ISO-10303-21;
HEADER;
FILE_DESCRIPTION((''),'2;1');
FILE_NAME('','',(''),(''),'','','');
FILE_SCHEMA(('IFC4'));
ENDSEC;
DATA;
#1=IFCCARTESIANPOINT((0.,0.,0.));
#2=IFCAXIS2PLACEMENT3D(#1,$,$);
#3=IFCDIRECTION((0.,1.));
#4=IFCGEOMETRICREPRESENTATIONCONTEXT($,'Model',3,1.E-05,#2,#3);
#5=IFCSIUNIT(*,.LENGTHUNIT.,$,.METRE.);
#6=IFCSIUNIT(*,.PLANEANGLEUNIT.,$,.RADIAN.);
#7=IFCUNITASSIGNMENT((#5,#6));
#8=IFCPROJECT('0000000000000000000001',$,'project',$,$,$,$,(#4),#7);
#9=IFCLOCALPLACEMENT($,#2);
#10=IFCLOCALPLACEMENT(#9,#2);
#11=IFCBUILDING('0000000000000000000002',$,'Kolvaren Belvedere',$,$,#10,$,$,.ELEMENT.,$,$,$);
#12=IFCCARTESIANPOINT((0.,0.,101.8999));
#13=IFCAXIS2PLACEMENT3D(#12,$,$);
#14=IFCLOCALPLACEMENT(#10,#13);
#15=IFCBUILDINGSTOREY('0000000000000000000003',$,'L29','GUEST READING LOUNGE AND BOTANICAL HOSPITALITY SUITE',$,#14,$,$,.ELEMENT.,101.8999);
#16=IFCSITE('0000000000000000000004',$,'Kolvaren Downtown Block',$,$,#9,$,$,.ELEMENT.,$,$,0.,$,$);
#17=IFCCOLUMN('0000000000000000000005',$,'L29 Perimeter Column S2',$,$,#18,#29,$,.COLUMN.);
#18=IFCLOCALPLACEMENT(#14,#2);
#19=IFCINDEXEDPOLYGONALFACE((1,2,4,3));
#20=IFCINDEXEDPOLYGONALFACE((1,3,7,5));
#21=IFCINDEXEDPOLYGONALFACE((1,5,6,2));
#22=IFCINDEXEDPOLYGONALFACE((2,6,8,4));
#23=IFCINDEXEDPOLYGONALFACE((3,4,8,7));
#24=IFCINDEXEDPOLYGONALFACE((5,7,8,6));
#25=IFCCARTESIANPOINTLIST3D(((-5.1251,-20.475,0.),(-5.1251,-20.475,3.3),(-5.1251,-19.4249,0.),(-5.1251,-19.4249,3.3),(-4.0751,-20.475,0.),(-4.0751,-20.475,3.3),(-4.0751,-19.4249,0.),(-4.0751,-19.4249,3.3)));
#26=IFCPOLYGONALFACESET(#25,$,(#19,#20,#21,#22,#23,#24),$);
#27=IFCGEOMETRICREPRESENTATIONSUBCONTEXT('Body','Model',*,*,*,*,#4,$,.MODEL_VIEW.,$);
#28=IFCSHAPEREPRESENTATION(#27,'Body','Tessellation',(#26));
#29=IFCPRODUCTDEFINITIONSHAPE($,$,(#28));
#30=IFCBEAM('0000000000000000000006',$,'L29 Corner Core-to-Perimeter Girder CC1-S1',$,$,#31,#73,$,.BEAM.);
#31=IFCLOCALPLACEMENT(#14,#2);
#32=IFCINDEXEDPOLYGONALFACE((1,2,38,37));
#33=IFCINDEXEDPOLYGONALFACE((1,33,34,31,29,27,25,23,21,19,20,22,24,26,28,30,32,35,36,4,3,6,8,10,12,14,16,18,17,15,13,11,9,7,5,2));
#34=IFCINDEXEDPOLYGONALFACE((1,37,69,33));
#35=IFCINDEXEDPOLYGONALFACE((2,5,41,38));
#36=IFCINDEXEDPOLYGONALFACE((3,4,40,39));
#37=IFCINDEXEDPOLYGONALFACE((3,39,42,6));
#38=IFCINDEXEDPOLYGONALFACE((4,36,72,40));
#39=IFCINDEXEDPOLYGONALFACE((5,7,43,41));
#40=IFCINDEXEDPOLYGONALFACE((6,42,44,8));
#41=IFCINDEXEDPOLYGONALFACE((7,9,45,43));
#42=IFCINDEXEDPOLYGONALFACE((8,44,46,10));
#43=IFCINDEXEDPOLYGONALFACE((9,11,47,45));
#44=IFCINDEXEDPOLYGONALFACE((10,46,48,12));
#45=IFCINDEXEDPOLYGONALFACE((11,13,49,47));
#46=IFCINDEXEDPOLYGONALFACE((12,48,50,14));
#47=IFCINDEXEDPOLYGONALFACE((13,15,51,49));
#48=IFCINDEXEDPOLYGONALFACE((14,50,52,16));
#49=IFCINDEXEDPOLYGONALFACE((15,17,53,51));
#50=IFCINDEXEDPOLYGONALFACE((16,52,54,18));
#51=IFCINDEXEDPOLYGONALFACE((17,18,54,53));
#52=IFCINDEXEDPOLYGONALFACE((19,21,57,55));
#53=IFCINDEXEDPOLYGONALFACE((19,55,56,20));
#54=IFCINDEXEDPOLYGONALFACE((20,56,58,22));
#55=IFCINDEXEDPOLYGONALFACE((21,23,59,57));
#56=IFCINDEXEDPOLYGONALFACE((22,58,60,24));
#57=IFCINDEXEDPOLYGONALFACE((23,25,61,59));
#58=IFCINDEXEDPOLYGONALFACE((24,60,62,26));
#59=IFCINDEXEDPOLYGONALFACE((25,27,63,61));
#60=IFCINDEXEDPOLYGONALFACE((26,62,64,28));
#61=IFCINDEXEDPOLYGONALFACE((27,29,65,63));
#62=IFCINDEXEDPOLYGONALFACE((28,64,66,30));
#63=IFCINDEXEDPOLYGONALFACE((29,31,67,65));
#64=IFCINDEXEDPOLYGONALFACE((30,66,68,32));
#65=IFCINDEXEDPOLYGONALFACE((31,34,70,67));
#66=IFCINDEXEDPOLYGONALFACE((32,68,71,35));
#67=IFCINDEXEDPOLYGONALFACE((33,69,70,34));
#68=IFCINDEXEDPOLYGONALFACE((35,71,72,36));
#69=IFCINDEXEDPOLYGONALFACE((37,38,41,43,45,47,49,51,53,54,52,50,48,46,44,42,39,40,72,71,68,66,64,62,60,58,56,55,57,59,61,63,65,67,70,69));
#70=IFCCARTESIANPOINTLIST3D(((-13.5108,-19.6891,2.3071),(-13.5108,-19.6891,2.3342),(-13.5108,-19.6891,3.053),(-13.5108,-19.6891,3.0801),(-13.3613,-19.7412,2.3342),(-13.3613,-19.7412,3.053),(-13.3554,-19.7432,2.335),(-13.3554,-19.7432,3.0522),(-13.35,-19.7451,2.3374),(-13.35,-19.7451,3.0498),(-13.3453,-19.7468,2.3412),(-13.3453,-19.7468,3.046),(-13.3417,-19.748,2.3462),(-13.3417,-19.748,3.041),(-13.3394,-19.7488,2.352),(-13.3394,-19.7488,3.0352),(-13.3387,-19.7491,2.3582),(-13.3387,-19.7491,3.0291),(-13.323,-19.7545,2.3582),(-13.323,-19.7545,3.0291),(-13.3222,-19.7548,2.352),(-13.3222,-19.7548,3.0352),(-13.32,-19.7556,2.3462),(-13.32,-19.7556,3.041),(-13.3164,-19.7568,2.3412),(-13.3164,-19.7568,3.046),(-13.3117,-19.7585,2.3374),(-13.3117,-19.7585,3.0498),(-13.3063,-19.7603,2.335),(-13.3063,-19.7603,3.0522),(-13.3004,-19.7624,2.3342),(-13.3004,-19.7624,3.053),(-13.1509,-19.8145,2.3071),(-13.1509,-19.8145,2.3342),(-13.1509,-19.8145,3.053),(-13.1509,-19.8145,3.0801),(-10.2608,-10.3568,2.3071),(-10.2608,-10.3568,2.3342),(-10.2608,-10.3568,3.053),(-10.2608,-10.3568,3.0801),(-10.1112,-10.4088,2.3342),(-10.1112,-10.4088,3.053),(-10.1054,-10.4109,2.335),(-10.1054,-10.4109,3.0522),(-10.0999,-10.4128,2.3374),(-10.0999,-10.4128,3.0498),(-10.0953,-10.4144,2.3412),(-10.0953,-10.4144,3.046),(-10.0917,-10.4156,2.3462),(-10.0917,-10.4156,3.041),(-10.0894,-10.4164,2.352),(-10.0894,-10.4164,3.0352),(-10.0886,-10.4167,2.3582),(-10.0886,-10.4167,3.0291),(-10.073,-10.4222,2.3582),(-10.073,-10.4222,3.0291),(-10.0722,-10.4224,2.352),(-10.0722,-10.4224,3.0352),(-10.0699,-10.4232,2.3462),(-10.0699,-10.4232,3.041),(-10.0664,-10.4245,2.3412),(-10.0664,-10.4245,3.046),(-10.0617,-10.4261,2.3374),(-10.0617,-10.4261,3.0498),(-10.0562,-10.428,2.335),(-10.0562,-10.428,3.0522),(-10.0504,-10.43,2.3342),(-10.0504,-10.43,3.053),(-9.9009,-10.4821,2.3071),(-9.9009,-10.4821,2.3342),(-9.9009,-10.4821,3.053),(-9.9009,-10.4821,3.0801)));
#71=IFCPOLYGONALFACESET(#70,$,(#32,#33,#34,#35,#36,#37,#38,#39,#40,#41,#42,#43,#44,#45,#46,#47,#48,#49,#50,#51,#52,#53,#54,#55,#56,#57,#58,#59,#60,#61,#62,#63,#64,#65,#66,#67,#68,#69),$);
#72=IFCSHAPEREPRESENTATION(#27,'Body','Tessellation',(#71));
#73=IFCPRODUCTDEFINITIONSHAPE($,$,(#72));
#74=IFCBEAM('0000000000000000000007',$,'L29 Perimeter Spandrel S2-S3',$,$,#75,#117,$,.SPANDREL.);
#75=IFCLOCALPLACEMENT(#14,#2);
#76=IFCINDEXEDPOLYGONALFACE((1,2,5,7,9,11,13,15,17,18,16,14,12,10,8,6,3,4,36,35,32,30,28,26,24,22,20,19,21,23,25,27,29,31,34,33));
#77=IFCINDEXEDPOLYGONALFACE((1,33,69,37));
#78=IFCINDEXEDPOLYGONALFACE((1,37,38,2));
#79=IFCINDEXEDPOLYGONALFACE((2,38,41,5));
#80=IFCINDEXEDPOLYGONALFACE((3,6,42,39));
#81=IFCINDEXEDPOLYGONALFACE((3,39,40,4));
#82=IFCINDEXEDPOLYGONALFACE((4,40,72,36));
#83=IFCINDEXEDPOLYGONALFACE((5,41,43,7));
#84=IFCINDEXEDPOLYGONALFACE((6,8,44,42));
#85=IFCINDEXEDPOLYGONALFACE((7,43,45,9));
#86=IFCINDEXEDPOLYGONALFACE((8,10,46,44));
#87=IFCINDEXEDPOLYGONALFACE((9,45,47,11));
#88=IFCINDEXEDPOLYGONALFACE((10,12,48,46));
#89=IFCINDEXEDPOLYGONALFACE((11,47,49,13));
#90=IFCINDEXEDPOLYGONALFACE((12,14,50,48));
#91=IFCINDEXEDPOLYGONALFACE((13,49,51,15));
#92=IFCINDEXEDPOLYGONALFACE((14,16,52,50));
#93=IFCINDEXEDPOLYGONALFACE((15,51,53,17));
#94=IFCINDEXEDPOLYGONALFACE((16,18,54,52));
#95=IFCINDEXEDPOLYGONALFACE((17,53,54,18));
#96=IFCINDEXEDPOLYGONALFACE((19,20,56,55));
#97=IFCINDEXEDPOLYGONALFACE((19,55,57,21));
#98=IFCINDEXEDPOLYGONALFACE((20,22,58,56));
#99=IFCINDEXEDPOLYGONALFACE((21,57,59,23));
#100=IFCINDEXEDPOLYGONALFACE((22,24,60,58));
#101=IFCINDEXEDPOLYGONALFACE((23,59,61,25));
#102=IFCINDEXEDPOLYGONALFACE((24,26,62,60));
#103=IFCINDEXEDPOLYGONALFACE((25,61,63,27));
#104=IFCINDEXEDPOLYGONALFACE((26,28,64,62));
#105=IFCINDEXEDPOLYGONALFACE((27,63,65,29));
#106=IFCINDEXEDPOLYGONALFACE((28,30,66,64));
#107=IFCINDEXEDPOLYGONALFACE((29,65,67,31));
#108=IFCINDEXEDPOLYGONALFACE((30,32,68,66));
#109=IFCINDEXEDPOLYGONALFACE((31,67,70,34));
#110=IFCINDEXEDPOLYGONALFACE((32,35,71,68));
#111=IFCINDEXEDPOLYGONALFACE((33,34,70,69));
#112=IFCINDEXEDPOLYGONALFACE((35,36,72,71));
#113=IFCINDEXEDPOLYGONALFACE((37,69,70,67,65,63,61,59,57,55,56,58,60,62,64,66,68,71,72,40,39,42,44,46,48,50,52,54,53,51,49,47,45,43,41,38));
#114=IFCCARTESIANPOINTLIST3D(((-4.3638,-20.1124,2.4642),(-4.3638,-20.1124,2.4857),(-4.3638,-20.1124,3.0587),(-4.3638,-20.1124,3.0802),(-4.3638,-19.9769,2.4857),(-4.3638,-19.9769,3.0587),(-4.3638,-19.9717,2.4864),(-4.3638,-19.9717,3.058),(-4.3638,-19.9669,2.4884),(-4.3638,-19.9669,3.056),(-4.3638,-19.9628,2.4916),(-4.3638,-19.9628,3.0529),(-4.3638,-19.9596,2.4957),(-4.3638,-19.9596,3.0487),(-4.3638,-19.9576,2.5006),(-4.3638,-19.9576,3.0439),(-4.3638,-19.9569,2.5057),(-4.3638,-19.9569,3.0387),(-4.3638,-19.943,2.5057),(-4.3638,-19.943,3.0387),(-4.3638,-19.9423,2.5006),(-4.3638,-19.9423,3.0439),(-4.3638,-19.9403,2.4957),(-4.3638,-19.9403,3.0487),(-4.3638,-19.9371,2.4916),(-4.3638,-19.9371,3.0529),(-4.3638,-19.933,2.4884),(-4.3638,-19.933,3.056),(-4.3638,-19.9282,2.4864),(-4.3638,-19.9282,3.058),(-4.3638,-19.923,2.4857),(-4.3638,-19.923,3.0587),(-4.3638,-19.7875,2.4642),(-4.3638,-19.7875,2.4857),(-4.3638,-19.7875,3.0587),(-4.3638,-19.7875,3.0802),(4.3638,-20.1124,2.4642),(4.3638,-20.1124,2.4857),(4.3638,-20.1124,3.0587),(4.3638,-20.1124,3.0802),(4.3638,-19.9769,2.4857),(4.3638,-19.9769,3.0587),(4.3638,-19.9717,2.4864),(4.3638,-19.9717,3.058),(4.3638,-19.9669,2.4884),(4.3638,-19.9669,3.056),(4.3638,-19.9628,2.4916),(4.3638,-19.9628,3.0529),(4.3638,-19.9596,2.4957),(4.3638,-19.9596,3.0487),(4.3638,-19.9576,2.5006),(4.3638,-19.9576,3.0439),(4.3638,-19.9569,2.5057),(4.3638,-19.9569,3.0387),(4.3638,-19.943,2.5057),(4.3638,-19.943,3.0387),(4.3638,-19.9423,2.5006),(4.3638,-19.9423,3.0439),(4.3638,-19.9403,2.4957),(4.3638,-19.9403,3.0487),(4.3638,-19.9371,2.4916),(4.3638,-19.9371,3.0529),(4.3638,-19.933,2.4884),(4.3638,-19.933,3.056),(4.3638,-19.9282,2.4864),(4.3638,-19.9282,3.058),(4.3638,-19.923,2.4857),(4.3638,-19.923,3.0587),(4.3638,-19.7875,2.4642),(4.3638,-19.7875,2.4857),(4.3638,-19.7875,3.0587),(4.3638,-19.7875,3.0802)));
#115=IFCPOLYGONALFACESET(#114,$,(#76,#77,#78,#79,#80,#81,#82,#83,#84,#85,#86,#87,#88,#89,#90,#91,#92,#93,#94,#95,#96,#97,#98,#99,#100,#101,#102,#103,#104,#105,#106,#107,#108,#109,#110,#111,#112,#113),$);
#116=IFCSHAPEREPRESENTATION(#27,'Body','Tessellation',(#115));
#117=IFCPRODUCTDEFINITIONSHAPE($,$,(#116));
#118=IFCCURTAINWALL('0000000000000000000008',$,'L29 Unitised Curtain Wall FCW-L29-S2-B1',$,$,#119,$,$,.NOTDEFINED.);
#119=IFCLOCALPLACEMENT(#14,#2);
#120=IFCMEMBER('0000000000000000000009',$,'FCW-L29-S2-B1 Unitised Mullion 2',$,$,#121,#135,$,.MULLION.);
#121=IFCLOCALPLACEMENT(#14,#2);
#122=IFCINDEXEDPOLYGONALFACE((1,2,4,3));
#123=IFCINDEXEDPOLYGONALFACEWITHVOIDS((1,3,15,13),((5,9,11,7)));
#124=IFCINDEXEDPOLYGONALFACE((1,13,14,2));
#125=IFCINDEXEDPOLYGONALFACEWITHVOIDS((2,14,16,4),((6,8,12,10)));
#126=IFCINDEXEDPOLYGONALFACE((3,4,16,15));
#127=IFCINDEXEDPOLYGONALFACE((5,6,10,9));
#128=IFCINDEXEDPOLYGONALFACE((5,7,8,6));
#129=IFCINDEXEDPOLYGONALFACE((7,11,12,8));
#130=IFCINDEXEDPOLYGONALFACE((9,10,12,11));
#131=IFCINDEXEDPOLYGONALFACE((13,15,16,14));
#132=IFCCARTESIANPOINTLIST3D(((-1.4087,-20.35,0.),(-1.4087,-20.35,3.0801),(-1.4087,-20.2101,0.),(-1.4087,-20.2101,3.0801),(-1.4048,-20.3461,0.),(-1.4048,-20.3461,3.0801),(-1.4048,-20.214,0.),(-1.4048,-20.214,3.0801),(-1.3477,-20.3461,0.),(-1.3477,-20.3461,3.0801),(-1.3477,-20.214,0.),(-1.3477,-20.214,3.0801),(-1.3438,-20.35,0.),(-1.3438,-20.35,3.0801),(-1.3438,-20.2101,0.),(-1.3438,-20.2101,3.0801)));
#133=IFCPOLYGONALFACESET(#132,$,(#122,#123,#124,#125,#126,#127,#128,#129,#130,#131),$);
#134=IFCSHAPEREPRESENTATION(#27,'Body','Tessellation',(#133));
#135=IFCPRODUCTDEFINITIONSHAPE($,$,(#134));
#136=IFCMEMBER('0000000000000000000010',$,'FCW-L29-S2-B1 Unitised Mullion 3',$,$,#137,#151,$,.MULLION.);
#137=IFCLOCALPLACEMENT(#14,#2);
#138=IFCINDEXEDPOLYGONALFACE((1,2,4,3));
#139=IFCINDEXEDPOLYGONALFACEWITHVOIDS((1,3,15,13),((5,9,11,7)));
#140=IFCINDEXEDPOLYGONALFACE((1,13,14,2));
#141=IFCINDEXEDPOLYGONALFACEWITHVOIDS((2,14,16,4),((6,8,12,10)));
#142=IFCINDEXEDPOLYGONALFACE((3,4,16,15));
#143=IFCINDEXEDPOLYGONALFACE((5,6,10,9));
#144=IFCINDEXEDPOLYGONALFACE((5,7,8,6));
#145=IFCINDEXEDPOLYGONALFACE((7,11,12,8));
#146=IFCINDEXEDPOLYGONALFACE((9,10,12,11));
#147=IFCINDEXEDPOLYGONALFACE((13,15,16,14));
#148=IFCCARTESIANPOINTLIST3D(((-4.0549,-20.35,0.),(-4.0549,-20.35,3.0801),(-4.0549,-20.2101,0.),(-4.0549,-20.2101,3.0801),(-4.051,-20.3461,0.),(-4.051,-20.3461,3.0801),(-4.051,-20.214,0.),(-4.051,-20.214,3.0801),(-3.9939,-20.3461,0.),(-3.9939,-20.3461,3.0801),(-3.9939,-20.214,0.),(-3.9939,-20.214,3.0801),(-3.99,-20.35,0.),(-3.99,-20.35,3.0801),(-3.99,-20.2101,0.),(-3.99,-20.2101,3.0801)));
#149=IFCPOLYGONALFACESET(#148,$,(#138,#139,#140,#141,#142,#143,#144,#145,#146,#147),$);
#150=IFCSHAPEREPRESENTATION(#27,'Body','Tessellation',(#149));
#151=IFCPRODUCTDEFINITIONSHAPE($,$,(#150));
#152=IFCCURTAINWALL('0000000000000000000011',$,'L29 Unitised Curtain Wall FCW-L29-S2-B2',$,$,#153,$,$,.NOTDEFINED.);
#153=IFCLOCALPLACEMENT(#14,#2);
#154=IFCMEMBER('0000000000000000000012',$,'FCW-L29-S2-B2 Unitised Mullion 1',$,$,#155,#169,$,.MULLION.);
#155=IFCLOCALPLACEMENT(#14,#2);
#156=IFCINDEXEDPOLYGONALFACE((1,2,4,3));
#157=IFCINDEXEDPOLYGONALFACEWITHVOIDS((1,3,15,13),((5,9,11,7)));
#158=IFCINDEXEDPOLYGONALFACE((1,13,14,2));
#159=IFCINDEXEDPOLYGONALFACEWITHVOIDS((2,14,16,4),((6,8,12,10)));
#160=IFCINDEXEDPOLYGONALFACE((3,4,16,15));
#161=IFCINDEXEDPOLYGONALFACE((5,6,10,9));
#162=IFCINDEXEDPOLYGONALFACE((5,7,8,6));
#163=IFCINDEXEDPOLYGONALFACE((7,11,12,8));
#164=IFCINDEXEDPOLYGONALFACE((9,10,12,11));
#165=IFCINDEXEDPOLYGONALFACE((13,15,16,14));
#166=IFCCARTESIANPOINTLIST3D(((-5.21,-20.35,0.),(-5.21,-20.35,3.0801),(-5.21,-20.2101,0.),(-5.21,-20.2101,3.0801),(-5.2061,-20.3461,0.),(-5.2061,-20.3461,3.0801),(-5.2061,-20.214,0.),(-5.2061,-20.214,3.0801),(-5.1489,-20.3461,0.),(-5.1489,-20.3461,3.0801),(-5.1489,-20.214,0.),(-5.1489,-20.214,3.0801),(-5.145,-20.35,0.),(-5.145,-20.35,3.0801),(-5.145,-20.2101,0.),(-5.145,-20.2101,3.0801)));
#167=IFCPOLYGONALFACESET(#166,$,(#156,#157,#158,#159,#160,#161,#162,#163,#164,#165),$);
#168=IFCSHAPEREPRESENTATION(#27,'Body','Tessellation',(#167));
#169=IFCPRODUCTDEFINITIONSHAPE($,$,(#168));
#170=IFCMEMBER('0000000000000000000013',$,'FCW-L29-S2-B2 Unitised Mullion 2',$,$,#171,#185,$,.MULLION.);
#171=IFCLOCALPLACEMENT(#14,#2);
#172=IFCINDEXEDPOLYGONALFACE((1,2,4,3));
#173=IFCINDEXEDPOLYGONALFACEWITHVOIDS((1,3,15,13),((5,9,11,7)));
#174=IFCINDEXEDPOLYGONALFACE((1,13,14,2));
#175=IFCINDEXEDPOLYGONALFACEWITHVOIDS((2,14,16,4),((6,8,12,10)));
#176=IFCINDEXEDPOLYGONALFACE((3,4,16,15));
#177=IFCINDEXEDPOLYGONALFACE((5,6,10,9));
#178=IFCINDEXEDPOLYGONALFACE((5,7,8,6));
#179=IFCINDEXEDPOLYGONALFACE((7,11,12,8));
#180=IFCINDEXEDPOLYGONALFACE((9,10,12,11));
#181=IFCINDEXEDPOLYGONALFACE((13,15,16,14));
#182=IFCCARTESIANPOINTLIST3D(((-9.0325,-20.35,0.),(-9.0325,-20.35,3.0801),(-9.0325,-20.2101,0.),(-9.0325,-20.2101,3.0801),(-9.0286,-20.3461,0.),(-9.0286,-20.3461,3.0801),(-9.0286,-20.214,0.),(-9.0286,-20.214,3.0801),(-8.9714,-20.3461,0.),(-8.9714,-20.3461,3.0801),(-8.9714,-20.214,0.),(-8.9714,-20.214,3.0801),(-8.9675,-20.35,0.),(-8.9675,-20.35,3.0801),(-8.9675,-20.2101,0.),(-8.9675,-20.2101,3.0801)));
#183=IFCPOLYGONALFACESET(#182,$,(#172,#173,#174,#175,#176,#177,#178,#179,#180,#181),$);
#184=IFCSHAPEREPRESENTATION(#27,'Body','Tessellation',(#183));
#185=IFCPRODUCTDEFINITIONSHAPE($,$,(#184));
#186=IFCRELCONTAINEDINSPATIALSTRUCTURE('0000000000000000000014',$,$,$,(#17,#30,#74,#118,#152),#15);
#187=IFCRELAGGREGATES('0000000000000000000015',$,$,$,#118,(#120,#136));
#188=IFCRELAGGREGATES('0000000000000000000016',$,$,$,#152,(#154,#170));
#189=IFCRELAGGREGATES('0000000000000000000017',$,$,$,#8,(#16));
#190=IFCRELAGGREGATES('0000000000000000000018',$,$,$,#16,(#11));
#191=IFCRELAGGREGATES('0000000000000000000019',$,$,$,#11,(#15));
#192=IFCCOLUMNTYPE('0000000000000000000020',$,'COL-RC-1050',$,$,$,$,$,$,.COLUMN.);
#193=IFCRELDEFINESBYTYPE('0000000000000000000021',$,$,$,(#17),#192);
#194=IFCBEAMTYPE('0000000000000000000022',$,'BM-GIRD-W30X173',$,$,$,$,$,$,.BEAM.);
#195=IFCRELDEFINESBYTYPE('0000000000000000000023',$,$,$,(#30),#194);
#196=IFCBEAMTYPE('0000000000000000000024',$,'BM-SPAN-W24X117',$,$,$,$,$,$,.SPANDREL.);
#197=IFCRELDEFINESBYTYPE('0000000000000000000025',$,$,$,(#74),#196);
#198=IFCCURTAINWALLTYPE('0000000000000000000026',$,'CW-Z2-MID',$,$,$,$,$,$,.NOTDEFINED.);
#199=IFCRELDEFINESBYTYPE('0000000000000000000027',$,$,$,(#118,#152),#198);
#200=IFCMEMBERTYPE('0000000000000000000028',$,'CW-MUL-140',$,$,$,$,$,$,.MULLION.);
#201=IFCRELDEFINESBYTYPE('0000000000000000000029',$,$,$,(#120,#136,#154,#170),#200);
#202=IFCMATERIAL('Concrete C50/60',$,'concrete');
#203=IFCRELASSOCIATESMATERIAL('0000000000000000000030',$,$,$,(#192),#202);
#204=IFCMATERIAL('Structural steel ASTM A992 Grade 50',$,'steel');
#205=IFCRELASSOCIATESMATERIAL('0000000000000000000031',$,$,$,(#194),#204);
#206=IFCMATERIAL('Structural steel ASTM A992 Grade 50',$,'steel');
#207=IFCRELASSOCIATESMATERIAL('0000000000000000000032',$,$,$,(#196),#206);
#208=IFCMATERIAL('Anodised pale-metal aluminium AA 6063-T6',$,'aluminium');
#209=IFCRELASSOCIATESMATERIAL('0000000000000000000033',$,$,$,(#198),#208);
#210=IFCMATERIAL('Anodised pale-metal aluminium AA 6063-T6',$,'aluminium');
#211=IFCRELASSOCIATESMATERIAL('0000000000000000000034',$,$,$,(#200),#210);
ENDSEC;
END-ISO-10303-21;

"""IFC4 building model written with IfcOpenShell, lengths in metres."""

from ifc_helpers import new_model, si_unit, direction, frame, origin, origin_2d, place, context, subcontext, project, spatial, rectangle, hollow_rectangle, i_section, extrude, material, material_profile, profile_set, type_object, element, aggregate, save


model = new_model("IFC4")

# Units and contexts
model_context = context("Model", 3, precision=1e-05, world=origin(), true_north=direction((0.0, 1.0)))
body_context = subcontext(model_context, "Body", "Model", "MODEL_VIEW")
ifc_project = project(units=[si_unit("LENGTHUNIT", "METRE"), si_unit("PLANEANGLEUNIT", "RADIAN")], contexts=[model_context])

# Site, building, storey
site_placement = place(None, origin())
site = spatial("IfcSite", under=ifc_project, at=site_placement, Name="Kolvaren Downtown Block", CompositionType="ELEMENT", RefElevation=0.0)
building_placement = place(site_placement, origin())
building = spatial("IfcBuilding", under=site, at=building_placement, Name="Kolvaren Belvedere", CompositionType="ELEMENT")
storey_placement = place(building_placement, frame((0.0, 0.0, 101.8999)))
storey = spatial("IfcBuildingStorey", under=building, at=storey_placement, Name="L29", Description="GUEST READING LOUNGE AND BOTANICAL HOSPITALITY SUITE", CompositionType="ELEMENT", Elevation=101.8999)

# Column
ifc_material_1 = material(Name="Concrete C50/60", Category="concrete")
ifc_material_profile_1 = material_profile(ifc_material_1, rectangle(XDim=1.05, YDim=1.05, at=origin_2d()), Name="RC 1050X1050")
ifc_profile_set_1 = profile_set([ifc_material_profile_1], Name="Concrete C50/60")
column_type = type_object("IfcColumnType", Name="COL-RC-1050", PredefinedType="COLUMN", material=ifc_profile_set_1)
column_placement = place(storey_placement, frame((-4.6001, -19.95, 0.0), z_axis=(0.0, 0.0, 1.0), x_axis=(1.0, 0.0, 0.0)))
element("IfcColumn", 1, at=column_placement, inside=storey, type_object=column_type, Name="L29 Perimeter Column S2", PredefinedType="COLUMN", context=body_context, shape_type="SweptSolid", body=[
    extrude(rectangle(XDim=1.05, YDim=1.05, at=origin_2d()), origin(), (0.0, 0.0, 1.0), 3.3),
])

# Beams
ifc_material_2 = material(Name="Structural steel ASTM A992 Grade 50", Category="steel")
ifc_material_profile_2 = material_profile(ifc_material_2, i_section(OverallWidth=0.3811, OverallDepth=0.7729, WebThickness=0.0166, FlangeThickness=0.0271, FilletRadius=0.0239, at=origin_2d()), Name="W30X173")
ifc_profile_set_2 = profile_set([ifc_material_profile_2], Name="Structural steel ASTM A992 Grade 50")
beam_type_1 = type_object("IfcBeamType", Name="BM-GIRD-W30X173", PredefinedType="BEAM", material=ifc_profile_set_2)
beam_1_placement = place(storey_placement, frame((-10.0808, -10.4194, 2.6936), z_axis=(-0.328881, -0.944371, 0.0), x_axis=(0.944371, -0.328881, 0.0)))
element("IfcBeam", 2, at=beam_1_placement, inside=storey, type_object=beam_type_1, Name="L29 Corner Core-to-Perimeter Girder CC1-S1", PredefinedType="BEAM", context=body_context, shape_type="SweptSolid", body=[
    extrude(i_section(OverallWidth=0.3811, OverallDepth=0.7729, WebThickness=0.0166, FlangeThickness=0.0271, FilletRadius=0.0239, at=origin_2d()), origin(), (0.0, 0.0, 1.0), 9.8821),
])
ifc_material_3 = material(Name="Structural steel ASTM A992 Grade 50", Category="steel")
ifc_material_profile_3 = material_profile(ifc_material_3, i_section(OverallWidth=0.325, OverallDepth=0.616, WebThickness=0.0139, FlangeThickness=0.0215, FilletRadius=0.02, at=origin_2d()), Name="W24X117")
ifc_profile_set_3 = profile_set([ifc_material_profile_3], Name="Structural steel ASTM A992 Grade 50")
beam_type_2 = type_object("IfcBeamType", Name="BM-SPAN-W24X117", PredefinedType="SPANDREL", material=ifc_profile_set_3)
beam_2_placement = place(storey_placement, frame((-4.3638, -19.95, 2.7722), z_axis=(1.0, 0.0, 0.0), x_axis=(0.0, 1.0, 0.0)))
element("IfcBeam", 3, at=beam_2_placement, inside=storey, type_object=beam_type_2, Name="L29 Perimeter Spandrel S2-S3", PredefinedType="SPANDREL", context=body_context, shape_type="SweptSolid", body=[
    extrude(i_section(OverallWidth=0.325, OverallDepth=0.616, WebThickness=0.0139, FlangeThickness=0.0215, FilletRadius=0.02, at=origin_2d()), origin(), (0.0, 0.0, 1.0), 8.7275),
])

# Curtain walls, members
ifc_material_4 = material(Name="Anodised pale-metal aluminium AA 6063-T6", Category="aluminium")
curtain_wall_type = type_object("IfcCurtainWallType", Name="CW-Z2-MID", PredefinedType="NOTDEFINED", material=ifc_material_4)
curtain_wall_1_placement = place(storey_placement, origin())
curtain_wall_1 = element("IfcCurtainWall", 4, at=curtain_wall_1_placement, inside=storey, type_object=curtain_wall_type, Name="L29 Unitised Curtain Wall FCW-L29-S2-B1", PredefinedType="NOTDEFINED")
ifc_material_5 = material(Name="Anodised pale-metal aluminium AA 6063-T6", Category="aluminium")
ifc_material_profile_4 = material_profile(ifc_material_5, hollow_rectangle(XDim=0.0649, YDim=0.1399, WallThickness=0.0039, at=origin_2d()), Name="ALU-MUL-140X65")
ifc_profile_set_4 = profile_set([ifc_material_profile_4], Name="Anodised pale-metal aluminium AA 6063-T6")
member_type_1 = type_object("IfcMemberType", Name="CW-MUL-140", PredefinedType="MULLION", material=ifc_profile_set_4)
member_1_placement = place(storey_placement, frame((-1.3762, -20.28, 0.0), z_axis=(0.0, 0.0, 1.0), x_axis=(1.0, 0.0, 0.0)))
member_1 = element("IfcMember", 5, at=member_1_placement, type_object=member_type_1, Name="FCW-L29-S2-B1 Unitised Mullion 2", PredefinedType="MULLION", context=body_context, shape_type="SweptSolid", body=[
    extrude(hollow_rectangle(XDim=0.0649, YDim=0.1399, WallThickness=0.0039, at=origin_2d()), origin(), (0.0, 0.0, 1.0), 3.0801),
])
member_2_placement = place(storey_placement, frame((-4.0225, -20.28, 0.0), z_axis=(0.0, 0.0, 1.0), x_axis=(1.0, 0.0, 0.0)))
member_2 = element("IfcMember", 6, at=member_2_placement, type_object=member_type_1, Name="FCW-L29-S2-B1 Unitised Mullion 3", PredefinedType="MULLION", context=body_context, shape_type="SweptSolid", body=[
    extrude(hollow_rectangle(XDim=0.0649, YDim=0.1399, WallThickness=0.0039, at=origin_2d()), origin(), (0.0, 0.0, 1.0), 3.0801),
])
curtain_wall_2_placement = place(storey_placement, origin())
curtain_wall_2 = element("IfcCurtainWall", 7, at=curtain_wall_2_placement, inside=storey, type_object=curtain_wall_type, Name="L29 Unitised Curtain Wall FCW-L29-S2-B2", PredefinedType="NOTDEFINED")
member_3_placement = place(storey_placement, frame((-5.1775, -20.28, 0.0), z_axis=(0.0, 0.0, 1.0), x_axis=(1.0, 0.0, 0.0)))
member_3 = element("IfcMember", 8, at=member_3_placement, type_object=member_type_1, Name="FCW-L29-S2-B2 Unitised Mullion 1", PredefinedType="MULLION", context=body_context, shape_type="SweptSolid", body=[
    extrude(hollow_rectangle(XDim=0.0649, YDim=0.1399, WallThickness=0.0039, at=origin_2d()), origin(), (0.0, 0.0, 1.0), 3.0801),
])
member_4_placement = place(storey_placement, frame((-9.0, -20.28, 0.0), z_axis=(0.0, 0.0, 1.0), x_axis=(1.0, 0.0, 0.0)))
member_4 = element("IfcMember", 9, at=member_4_placement, type_object=member_type_1, Name="FCW-L29-S2-B2 Unitised Mullion 2", PredefinedType="MULLION", context=body_context, shape_type="SweptSolid", body=[
    extrude(hollow_rectangle(XDim=0.0649, YDim=0.1399, WallThickness=0.0039, at=origin_2d()), origin(), (0.0, 0.0, 1.0), 3.0801),
])

aggregate(curtain_wall_1, [member_1, member_2])
aggregate(curtain_wall_2, [member_3, member_4])

save(model, "model.ifc")
